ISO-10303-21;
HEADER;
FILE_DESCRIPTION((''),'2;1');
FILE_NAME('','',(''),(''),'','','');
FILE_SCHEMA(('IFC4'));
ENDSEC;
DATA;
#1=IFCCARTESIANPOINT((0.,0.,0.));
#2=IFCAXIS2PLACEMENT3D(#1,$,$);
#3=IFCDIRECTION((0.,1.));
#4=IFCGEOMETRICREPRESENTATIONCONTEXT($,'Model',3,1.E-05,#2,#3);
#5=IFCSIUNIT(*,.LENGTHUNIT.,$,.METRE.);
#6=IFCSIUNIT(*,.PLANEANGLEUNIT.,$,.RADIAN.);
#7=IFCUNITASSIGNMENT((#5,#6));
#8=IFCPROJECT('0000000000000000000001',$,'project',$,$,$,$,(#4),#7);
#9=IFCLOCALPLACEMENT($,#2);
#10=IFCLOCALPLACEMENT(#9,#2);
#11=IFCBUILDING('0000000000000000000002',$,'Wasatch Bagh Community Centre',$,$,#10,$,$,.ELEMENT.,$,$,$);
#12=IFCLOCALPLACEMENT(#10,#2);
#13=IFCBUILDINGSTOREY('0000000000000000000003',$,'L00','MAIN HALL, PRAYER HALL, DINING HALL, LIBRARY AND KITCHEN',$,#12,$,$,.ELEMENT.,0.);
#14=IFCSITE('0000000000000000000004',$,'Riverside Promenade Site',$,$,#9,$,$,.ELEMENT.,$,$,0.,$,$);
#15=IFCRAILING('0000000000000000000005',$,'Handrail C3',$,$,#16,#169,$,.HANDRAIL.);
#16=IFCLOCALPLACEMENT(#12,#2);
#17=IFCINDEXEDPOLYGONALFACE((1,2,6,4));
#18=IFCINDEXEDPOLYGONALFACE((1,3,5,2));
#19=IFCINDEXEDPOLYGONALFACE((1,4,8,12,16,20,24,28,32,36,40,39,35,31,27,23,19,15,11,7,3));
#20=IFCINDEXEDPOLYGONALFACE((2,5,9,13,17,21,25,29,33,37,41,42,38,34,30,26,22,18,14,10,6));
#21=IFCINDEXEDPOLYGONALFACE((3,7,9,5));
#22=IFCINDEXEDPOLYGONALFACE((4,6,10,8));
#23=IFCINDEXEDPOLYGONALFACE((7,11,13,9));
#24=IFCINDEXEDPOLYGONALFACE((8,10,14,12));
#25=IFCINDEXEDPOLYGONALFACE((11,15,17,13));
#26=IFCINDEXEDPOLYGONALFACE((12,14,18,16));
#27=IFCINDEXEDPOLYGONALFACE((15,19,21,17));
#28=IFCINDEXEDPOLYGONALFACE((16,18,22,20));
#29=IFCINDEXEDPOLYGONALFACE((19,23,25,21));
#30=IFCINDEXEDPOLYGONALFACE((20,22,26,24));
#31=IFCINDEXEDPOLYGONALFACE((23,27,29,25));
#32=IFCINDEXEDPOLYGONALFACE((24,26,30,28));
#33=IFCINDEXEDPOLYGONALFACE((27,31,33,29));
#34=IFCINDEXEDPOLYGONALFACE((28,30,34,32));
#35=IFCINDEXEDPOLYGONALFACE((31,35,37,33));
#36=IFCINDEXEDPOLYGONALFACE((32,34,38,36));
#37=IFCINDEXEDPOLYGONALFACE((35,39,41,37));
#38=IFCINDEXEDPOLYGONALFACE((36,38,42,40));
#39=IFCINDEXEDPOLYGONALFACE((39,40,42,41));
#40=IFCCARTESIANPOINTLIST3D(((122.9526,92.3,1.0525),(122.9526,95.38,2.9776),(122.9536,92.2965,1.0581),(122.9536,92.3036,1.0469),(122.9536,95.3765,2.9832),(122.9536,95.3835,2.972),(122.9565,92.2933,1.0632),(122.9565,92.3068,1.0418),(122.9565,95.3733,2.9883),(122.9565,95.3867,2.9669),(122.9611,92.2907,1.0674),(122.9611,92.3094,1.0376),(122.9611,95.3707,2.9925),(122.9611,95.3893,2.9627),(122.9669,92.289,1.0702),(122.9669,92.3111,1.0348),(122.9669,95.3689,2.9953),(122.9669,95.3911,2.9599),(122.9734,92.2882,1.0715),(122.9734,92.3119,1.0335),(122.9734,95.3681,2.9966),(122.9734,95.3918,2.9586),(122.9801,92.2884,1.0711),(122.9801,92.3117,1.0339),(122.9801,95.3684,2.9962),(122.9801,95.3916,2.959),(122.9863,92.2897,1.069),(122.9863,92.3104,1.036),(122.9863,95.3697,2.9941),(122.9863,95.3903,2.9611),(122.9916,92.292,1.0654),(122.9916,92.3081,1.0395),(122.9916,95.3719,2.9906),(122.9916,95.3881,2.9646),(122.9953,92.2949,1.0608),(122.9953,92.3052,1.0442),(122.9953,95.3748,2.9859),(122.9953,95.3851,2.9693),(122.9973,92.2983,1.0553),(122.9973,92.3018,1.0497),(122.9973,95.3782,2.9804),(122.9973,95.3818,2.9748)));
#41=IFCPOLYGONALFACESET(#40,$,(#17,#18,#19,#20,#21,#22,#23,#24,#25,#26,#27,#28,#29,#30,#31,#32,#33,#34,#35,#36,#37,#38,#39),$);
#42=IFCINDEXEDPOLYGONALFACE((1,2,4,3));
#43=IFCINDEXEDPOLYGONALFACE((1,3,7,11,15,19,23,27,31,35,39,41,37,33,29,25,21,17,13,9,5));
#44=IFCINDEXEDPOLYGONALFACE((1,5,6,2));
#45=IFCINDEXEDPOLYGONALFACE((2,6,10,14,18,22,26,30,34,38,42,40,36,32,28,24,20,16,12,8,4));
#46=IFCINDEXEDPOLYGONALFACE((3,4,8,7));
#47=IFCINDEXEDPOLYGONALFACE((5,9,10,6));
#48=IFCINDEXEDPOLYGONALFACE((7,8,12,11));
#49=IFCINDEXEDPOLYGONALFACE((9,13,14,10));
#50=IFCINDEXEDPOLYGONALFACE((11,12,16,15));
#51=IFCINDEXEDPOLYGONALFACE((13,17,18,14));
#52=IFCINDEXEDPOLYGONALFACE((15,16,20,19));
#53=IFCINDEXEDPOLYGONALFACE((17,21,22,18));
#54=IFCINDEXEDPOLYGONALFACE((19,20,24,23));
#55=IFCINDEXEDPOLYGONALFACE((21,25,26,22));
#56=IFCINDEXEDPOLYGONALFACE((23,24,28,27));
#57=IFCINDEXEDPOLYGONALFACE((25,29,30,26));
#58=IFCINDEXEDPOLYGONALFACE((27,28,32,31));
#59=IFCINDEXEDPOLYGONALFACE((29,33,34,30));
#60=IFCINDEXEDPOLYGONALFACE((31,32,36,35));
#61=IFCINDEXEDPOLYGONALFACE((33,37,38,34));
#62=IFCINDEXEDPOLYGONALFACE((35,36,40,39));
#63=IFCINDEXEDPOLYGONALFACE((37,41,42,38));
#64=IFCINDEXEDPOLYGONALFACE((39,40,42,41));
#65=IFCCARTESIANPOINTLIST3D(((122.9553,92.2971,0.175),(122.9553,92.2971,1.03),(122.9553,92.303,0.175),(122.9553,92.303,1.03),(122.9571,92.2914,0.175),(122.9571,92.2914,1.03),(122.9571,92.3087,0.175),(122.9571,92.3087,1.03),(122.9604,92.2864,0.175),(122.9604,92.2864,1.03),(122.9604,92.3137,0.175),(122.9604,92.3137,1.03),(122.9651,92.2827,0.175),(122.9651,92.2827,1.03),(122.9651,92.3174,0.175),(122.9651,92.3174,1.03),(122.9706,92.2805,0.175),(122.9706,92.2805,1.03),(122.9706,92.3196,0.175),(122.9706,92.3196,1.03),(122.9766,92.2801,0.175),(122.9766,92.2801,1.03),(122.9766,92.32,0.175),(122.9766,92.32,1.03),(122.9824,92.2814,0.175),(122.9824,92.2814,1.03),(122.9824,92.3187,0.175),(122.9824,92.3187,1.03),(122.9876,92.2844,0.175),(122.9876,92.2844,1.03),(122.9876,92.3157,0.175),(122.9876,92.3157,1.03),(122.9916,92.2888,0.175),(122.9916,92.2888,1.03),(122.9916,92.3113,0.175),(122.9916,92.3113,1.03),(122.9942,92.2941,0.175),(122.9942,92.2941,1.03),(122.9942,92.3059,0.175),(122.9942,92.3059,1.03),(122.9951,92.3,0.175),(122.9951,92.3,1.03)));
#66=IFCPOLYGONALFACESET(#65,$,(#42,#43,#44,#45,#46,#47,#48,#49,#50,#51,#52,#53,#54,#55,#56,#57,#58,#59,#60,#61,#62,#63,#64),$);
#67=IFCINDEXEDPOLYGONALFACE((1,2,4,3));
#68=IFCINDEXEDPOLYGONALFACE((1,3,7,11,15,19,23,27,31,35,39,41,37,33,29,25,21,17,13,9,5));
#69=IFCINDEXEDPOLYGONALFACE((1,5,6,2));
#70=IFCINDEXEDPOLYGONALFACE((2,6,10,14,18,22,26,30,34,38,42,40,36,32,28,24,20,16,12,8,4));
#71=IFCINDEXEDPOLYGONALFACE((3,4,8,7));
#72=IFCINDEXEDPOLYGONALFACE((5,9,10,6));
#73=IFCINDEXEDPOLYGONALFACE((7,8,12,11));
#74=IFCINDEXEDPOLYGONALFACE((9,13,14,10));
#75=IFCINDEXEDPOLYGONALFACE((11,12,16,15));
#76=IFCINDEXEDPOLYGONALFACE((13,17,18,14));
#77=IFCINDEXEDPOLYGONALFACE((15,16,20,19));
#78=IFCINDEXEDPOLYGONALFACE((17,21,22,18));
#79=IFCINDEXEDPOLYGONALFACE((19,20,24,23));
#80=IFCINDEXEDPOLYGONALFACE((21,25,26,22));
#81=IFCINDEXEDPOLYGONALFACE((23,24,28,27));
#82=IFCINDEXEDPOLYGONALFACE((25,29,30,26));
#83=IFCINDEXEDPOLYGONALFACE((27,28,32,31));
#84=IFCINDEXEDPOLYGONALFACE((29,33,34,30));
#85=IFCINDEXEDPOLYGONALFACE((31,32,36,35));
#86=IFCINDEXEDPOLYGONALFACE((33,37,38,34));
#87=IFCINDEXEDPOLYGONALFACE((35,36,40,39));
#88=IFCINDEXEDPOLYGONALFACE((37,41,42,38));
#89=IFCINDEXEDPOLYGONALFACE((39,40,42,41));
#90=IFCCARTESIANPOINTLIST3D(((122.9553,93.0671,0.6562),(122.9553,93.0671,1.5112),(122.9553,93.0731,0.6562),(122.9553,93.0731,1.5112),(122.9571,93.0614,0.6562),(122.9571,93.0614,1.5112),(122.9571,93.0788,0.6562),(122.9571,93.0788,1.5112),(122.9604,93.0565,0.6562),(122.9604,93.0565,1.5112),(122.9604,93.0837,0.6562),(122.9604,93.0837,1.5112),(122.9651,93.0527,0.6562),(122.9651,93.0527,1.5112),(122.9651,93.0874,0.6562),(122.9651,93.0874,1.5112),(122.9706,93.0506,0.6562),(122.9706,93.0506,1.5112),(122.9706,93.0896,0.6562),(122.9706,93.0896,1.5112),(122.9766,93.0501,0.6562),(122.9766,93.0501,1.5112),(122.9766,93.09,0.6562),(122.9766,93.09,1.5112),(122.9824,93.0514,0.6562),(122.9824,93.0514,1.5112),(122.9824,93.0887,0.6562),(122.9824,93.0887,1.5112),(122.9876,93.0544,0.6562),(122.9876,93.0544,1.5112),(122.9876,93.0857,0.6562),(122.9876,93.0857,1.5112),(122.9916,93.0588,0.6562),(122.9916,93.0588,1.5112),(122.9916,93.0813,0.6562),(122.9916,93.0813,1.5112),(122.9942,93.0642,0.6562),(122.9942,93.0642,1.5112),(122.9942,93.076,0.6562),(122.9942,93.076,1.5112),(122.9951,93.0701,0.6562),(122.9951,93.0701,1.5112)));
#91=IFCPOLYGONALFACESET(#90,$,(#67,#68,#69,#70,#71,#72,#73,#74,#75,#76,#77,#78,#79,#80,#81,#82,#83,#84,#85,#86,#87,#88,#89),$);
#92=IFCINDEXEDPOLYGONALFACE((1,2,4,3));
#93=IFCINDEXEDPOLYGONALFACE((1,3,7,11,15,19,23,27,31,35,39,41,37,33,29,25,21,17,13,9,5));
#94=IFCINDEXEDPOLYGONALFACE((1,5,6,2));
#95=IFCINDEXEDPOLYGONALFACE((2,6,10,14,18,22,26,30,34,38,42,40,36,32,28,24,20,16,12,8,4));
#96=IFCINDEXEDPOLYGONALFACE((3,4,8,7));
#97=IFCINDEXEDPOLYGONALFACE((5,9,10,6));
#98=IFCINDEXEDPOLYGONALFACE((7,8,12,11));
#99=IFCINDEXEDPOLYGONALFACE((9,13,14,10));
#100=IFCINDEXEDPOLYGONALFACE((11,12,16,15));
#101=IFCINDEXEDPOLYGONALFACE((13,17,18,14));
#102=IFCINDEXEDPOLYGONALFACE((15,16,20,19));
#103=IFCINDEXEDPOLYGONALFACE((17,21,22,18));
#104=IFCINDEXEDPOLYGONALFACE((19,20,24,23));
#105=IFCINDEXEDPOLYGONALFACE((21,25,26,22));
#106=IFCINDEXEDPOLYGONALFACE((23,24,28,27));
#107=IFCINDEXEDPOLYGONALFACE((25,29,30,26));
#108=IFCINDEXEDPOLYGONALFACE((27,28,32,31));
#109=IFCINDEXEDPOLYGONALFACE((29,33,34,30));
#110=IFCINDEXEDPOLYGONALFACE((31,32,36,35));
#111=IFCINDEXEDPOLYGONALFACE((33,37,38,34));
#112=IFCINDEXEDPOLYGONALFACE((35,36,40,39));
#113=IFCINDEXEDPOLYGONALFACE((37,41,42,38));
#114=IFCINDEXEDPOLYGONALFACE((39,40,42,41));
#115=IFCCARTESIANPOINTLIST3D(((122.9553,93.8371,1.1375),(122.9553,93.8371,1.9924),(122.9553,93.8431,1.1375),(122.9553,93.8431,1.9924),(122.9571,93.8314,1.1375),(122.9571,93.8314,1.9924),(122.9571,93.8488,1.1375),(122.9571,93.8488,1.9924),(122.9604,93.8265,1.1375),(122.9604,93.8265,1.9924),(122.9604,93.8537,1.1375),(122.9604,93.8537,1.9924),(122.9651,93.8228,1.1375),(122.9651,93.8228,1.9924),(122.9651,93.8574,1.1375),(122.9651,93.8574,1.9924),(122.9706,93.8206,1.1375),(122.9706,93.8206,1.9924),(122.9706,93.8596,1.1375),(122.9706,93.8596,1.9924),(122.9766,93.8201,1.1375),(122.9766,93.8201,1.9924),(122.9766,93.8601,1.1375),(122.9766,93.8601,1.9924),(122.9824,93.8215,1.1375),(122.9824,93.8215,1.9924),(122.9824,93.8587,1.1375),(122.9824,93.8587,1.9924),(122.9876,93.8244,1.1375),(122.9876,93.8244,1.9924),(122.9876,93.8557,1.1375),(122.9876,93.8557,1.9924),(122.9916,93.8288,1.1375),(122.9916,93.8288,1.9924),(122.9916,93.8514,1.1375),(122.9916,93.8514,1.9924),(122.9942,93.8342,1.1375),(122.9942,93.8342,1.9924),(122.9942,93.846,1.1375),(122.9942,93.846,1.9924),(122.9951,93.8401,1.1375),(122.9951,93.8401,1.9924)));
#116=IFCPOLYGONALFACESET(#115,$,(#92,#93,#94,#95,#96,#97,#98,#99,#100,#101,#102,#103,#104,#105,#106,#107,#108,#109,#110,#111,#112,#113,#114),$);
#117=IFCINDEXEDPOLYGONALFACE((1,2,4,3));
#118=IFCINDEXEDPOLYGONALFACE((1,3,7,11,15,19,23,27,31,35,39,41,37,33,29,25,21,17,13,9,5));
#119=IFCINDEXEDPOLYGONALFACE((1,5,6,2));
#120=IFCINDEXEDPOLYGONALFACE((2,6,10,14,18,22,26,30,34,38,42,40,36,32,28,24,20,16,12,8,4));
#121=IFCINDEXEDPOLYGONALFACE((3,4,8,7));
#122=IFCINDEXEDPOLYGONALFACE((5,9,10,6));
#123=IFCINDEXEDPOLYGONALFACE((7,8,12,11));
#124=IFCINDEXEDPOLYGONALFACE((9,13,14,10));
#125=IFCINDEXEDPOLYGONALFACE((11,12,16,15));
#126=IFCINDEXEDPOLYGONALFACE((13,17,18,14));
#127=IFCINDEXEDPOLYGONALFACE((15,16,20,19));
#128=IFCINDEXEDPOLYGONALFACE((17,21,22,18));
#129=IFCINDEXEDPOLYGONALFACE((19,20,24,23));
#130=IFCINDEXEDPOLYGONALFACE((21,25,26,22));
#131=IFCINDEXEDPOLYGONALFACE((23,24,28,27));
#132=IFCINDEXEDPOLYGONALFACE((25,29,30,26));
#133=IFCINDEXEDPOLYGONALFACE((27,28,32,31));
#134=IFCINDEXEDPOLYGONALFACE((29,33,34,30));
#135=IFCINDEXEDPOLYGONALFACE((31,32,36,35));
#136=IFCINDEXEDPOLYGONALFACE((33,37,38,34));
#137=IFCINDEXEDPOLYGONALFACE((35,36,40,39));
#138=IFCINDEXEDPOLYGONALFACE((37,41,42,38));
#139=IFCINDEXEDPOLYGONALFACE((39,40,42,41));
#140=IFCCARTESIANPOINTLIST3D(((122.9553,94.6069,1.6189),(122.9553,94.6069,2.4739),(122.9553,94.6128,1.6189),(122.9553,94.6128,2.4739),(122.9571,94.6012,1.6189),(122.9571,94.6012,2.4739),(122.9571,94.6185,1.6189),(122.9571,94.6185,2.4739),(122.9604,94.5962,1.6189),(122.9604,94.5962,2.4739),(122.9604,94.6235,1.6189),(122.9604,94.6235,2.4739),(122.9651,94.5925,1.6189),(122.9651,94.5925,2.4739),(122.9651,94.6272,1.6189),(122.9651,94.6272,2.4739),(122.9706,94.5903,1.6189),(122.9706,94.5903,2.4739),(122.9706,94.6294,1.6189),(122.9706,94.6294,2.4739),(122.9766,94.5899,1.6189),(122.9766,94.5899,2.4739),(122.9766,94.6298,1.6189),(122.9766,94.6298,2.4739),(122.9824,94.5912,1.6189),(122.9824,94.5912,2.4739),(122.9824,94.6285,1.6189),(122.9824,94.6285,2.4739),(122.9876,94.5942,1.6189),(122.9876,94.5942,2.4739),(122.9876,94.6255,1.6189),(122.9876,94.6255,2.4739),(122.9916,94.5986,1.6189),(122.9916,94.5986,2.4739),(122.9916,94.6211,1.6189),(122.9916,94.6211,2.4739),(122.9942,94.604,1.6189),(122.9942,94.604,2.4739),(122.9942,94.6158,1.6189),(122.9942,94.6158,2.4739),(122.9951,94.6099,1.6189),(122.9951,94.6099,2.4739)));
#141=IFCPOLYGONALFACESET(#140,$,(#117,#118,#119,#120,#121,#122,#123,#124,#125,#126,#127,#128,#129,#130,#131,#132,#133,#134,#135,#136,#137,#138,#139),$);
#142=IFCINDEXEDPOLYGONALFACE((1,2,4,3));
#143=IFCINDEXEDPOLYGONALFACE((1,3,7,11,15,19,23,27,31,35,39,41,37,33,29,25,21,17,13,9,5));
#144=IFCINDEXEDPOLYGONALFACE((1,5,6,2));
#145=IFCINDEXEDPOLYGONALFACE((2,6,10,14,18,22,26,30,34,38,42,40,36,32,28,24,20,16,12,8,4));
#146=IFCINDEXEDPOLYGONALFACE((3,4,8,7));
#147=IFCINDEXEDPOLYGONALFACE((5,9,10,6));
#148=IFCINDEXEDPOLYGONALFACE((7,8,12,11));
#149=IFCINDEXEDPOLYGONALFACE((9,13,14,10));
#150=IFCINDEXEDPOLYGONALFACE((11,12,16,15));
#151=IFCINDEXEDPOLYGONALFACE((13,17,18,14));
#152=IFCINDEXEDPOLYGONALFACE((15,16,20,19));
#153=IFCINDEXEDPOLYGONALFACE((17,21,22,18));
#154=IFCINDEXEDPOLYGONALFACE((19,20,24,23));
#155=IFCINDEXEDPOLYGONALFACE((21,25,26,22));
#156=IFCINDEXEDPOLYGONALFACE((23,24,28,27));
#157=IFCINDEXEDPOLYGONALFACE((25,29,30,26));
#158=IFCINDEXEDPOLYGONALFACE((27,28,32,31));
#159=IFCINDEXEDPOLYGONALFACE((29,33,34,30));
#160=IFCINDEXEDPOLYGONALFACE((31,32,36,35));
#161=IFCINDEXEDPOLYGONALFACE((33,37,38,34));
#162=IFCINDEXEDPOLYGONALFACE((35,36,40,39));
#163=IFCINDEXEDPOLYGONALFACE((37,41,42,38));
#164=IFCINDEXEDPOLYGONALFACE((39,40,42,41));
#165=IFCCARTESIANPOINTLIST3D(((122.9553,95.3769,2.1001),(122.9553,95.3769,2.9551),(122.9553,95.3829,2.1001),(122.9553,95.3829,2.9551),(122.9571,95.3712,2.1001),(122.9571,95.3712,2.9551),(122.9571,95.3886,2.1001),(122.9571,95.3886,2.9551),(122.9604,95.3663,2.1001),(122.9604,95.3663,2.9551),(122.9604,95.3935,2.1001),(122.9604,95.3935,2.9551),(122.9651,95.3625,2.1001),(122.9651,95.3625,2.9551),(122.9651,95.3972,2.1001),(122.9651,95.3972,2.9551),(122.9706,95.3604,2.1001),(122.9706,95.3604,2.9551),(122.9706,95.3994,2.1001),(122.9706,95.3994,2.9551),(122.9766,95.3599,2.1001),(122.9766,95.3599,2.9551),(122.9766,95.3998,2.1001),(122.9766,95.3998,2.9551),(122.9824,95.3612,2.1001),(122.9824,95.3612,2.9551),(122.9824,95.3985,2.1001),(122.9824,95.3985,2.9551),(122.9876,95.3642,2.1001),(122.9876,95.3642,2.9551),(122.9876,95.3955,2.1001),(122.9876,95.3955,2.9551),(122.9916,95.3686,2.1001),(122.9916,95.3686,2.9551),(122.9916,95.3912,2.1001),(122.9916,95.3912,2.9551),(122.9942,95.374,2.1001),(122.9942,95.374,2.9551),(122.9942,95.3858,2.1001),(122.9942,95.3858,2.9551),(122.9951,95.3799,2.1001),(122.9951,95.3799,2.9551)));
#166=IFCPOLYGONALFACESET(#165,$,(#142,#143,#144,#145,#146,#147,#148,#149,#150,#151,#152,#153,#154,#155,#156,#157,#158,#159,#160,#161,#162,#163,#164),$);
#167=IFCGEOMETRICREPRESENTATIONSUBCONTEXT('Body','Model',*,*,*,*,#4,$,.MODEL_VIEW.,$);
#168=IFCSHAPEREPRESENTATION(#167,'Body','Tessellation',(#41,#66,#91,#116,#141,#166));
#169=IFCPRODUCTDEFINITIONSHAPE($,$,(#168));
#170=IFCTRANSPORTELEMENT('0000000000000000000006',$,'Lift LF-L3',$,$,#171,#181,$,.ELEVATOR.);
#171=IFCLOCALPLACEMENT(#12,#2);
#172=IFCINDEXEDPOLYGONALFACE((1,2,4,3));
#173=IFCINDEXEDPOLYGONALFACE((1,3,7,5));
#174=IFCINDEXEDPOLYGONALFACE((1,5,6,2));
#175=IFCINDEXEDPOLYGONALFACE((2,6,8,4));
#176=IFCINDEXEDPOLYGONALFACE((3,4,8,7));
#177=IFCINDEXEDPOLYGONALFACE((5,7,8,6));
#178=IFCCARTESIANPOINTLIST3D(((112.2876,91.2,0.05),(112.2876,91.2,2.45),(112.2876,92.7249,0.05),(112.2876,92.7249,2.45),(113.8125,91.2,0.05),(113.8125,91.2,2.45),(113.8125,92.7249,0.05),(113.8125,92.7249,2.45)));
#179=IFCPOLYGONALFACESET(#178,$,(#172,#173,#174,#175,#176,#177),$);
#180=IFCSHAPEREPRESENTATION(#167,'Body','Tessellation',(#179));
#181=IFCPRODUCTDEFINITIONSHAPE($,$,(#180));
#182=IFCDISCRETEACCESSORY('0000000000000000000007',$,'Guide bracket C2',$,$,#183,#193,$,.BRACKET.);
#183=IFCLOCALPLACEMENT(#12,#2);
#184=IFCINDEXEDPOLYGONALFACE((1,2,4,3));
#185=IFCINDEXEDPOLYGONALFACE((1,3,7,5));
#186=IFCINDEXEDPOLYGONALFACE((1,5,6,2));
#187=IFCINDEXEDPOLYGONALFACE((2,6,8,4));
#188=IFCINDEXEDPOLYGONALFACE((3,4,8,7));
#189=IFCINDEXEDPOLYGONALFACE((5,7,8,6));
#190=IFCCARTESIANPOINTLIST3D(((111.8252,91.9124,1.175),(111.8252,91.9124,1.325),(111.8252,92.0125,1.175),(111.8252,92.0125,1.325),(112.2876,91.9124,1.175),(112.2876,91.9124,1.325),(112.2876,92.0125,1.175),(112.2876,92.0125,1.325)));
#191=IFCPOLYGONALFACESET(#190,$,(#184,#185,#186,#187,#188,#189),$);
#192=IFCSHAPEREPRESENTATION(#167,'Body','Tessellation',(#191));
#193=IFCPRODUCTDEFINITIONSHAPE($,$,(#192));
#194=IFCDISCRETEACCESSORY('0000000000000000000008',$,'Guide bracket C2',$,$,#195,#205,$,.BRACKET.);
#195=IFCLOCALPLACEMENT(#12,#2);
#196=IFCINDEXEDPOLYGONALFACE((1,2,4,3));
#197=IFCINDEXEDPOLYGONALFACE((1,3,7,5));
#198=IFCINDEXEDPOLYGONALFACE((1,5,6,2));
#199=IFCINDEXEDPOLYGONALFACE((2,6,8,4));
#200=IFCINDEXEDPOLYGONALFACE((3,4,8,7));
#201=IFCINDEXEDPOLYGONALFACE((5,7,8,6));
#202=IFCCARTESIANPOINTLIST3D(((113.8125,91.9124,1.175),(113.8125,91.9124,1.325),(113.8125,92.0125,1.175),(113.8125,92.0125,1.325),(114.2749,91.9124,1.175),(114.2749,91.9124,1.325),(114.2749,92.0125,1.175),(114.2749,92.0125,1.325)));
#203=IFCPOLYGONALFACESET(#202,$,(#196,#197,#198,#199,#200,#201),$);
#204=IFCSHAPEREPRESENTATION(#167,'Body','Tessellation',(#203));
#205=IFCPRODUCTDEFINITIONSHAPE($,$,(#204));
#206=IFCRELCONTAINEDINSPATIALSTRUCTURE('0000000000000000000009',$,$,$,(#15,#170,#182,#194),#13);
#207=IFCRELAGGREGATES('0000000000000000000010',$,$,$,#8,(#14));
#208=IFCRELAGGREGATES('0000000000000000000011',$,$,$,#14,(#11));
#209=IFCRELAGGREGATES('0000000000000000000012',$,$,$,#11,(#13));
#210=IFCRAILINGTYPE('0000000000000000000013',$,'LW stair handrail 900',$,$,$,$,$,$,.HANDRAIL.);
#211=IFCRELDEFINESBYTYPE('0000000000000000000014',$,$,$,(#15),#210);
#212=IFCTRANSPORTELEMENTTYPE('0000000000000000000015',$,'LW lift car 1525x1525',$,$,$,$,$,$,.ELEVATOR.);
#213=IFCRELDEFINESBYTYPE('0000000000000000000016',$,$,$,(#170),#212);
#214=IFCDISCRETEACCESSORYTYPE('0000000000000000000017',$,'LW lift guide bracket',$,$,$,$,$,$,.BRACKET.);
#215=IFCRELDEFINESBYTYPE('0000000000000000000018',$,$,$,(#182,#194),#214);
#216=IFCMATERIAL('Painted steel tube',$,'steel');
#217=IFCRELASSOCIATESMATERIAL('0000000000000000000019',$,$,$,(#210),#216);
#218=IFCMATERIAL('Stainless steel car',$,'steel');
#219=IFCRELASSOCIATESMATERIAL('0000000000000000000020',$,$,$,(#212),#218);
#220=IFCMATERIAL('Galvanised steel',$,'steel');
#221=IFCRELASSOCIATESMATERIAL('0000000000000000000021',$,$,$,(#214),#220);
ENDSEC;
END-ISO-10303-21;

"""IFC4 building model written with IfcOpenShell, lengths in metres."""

from ifc_helpers import new_model, si_unit, direction, frame, origin, origin_2d, place, context, subcontext, project, spatial, rectangle, circle, extrude, material, type_object, element, save


model = new_model("IFC4")

# Units and contexts
model_context = context("Model", 3, precision=1e-05, world=origin(), true_north=direction((0.0, 1.0)))
body_context = subcontext(model_context, "Body", "Model", "MODEL_VIEW")
ifc_project = project(units=[si_unit("LENGTHUNIT", "METRE"), si_unit("PLANEANGLEUNIT", "RADIAN")], contexts=[model_context])

# Site, building, storey
site_placement = place(None, origin())
site = spatial("IfcSite", under=ifc_project, at=site_placement, Name="Riverside Promenade Site", CompositionType="ELEMENT", RefElevation=0.0)
building_placement = place(site_placement, origin())
building = spatial("IfcBuilding", under=site, at=building_placement, Name="Wasatch Bagh Community Centre", CompositionType="ELEMENT")
storey_placement = place(building_placement, origin())
storey = spatial("IfcBuildingStorey", under=building, at=storey_placement, Name="L00", Description="MAIN HALL, PRAYER HALL, DINING HALL, LIBRARY AND KITCHEN", CompositionType="ELEMENT", Elevation=0.0)

# Railing
ifc_material_1 = material(Name="Painted steel tube", Category="steel")
railing_type = type_object("IfcRailingType", Name="LW stair handrail 900", PredefinedType="HANDRAIL", material=ifc_material_1)
railing_placement = place(storey_placement, frame((122.9751, 92.3, 0.175)))
element("IfcRailing", 1, at=railing_placement, inside=storey, type_object=railing_type, Name="Handrail C3", PredefinedType="HANDRAIL", context=body_context, shape_type="SweptSolid", body=[
    extrude(circle(Radius=0.0225, at=origin_2d()), frame((0.0, 0.0, 0.8774), z_axis=(0.0, 0.847979, 0.530029), x_axis=(-1.0, 0.0, 0.0)), (0.0, 0.0, 1.0), 3.6321),
    extrude(circle(Radius=0.02, at=origin_2d()), origin(), (0.0, 0.0, 1.0), 0.855),
    extrude(circle(Radius=0.02, at=origin_2d()), frame((0.0, 0.77, 0.4812)), (0.0, 0.0, 1.0), 0.855),
    extrude(circle(Radius=0.02, at=origin_2d()), frame((0.0, 1.54, 0.9624)), (0.0, 0.0, 1.0), 0.855),
    extrude(circle(Radius=0.02, at=origin_2d()), frame((0.0, 2.3098, 1.4438)), (0.0, 0.0, 1.0), 0.855),
    extrude(circle(Radius=0.02, at=origin_2d()), frame((0.0, 3.0798, 1.925)), (0.0, 0.0, 1.0), 0.855),
])

# Transport element
ifc_material_2 = material(Name="Stainless steel car", Category="steel")
transport_element_type = type_object("IfcTransportElementType", Name="LW lift car 1525x1525", PredefinedType="ELEVATOR", material=ifc_material_2)
transport_element_placement = place(storey_placement, frame((113.05, 91.9624, 0.05), z_axis=(0.0, 0.0, 1.0), x_axis=(1.0, 0.0, 0.0)))
element("IfcTransportElement", 2, at=transport_element_placement, inside=storey, type_object=transport_element_type, Name="Lift LF-L3", PredefinedType="ELEVATOR", context=body_context, shape_type="SweptSolid", body=[
    extrude(rectangle(XDim=1.5249, YDim=1.5249, at=origin_2d()), origin(), (0.0, 0.0, 1.0), 2.3999),
])

# Discrete accessories
ifc_material_3 = material(Name="Galvanised steel", Category="steel")
discrete_accessory_type = type_object("IfcDiscreteAccessoryType", Name="LW lift guide bracket", PredefinedType="BRACKET", material=ifc_material_3)
for number, where, z_axis, x_axis, name in (
    (3, (112.0564, 91.9624, 1.175), (0.0, 0.0, 1.0), (1.0, 0.0, 0.0), "Guide bracket C2"),
    (4, (114.0437, 91.9624, 1.175), (0.0, 0.0, 1.0), (1.0, 0.0, 0.0), "Guide bracket C2"),
):
    element("IfcDiscreteAccessory", number, at=place(storey_placement, frame(where, z_axis=z_axis, x_axis=x_axis)), inside=storey, type_object=discrete_accessory_type, Name=name, PredefinedType="BRACKET", context=body_context, shape_type="SweptSolid", body=[
        extrude(rectangle(XDim=0.4624, YDim=0.1001, at=origin_2d()), origin(), (0.0, 0.0, 1.0), 0.1499),
    ])

save(model, "model.ifc")
